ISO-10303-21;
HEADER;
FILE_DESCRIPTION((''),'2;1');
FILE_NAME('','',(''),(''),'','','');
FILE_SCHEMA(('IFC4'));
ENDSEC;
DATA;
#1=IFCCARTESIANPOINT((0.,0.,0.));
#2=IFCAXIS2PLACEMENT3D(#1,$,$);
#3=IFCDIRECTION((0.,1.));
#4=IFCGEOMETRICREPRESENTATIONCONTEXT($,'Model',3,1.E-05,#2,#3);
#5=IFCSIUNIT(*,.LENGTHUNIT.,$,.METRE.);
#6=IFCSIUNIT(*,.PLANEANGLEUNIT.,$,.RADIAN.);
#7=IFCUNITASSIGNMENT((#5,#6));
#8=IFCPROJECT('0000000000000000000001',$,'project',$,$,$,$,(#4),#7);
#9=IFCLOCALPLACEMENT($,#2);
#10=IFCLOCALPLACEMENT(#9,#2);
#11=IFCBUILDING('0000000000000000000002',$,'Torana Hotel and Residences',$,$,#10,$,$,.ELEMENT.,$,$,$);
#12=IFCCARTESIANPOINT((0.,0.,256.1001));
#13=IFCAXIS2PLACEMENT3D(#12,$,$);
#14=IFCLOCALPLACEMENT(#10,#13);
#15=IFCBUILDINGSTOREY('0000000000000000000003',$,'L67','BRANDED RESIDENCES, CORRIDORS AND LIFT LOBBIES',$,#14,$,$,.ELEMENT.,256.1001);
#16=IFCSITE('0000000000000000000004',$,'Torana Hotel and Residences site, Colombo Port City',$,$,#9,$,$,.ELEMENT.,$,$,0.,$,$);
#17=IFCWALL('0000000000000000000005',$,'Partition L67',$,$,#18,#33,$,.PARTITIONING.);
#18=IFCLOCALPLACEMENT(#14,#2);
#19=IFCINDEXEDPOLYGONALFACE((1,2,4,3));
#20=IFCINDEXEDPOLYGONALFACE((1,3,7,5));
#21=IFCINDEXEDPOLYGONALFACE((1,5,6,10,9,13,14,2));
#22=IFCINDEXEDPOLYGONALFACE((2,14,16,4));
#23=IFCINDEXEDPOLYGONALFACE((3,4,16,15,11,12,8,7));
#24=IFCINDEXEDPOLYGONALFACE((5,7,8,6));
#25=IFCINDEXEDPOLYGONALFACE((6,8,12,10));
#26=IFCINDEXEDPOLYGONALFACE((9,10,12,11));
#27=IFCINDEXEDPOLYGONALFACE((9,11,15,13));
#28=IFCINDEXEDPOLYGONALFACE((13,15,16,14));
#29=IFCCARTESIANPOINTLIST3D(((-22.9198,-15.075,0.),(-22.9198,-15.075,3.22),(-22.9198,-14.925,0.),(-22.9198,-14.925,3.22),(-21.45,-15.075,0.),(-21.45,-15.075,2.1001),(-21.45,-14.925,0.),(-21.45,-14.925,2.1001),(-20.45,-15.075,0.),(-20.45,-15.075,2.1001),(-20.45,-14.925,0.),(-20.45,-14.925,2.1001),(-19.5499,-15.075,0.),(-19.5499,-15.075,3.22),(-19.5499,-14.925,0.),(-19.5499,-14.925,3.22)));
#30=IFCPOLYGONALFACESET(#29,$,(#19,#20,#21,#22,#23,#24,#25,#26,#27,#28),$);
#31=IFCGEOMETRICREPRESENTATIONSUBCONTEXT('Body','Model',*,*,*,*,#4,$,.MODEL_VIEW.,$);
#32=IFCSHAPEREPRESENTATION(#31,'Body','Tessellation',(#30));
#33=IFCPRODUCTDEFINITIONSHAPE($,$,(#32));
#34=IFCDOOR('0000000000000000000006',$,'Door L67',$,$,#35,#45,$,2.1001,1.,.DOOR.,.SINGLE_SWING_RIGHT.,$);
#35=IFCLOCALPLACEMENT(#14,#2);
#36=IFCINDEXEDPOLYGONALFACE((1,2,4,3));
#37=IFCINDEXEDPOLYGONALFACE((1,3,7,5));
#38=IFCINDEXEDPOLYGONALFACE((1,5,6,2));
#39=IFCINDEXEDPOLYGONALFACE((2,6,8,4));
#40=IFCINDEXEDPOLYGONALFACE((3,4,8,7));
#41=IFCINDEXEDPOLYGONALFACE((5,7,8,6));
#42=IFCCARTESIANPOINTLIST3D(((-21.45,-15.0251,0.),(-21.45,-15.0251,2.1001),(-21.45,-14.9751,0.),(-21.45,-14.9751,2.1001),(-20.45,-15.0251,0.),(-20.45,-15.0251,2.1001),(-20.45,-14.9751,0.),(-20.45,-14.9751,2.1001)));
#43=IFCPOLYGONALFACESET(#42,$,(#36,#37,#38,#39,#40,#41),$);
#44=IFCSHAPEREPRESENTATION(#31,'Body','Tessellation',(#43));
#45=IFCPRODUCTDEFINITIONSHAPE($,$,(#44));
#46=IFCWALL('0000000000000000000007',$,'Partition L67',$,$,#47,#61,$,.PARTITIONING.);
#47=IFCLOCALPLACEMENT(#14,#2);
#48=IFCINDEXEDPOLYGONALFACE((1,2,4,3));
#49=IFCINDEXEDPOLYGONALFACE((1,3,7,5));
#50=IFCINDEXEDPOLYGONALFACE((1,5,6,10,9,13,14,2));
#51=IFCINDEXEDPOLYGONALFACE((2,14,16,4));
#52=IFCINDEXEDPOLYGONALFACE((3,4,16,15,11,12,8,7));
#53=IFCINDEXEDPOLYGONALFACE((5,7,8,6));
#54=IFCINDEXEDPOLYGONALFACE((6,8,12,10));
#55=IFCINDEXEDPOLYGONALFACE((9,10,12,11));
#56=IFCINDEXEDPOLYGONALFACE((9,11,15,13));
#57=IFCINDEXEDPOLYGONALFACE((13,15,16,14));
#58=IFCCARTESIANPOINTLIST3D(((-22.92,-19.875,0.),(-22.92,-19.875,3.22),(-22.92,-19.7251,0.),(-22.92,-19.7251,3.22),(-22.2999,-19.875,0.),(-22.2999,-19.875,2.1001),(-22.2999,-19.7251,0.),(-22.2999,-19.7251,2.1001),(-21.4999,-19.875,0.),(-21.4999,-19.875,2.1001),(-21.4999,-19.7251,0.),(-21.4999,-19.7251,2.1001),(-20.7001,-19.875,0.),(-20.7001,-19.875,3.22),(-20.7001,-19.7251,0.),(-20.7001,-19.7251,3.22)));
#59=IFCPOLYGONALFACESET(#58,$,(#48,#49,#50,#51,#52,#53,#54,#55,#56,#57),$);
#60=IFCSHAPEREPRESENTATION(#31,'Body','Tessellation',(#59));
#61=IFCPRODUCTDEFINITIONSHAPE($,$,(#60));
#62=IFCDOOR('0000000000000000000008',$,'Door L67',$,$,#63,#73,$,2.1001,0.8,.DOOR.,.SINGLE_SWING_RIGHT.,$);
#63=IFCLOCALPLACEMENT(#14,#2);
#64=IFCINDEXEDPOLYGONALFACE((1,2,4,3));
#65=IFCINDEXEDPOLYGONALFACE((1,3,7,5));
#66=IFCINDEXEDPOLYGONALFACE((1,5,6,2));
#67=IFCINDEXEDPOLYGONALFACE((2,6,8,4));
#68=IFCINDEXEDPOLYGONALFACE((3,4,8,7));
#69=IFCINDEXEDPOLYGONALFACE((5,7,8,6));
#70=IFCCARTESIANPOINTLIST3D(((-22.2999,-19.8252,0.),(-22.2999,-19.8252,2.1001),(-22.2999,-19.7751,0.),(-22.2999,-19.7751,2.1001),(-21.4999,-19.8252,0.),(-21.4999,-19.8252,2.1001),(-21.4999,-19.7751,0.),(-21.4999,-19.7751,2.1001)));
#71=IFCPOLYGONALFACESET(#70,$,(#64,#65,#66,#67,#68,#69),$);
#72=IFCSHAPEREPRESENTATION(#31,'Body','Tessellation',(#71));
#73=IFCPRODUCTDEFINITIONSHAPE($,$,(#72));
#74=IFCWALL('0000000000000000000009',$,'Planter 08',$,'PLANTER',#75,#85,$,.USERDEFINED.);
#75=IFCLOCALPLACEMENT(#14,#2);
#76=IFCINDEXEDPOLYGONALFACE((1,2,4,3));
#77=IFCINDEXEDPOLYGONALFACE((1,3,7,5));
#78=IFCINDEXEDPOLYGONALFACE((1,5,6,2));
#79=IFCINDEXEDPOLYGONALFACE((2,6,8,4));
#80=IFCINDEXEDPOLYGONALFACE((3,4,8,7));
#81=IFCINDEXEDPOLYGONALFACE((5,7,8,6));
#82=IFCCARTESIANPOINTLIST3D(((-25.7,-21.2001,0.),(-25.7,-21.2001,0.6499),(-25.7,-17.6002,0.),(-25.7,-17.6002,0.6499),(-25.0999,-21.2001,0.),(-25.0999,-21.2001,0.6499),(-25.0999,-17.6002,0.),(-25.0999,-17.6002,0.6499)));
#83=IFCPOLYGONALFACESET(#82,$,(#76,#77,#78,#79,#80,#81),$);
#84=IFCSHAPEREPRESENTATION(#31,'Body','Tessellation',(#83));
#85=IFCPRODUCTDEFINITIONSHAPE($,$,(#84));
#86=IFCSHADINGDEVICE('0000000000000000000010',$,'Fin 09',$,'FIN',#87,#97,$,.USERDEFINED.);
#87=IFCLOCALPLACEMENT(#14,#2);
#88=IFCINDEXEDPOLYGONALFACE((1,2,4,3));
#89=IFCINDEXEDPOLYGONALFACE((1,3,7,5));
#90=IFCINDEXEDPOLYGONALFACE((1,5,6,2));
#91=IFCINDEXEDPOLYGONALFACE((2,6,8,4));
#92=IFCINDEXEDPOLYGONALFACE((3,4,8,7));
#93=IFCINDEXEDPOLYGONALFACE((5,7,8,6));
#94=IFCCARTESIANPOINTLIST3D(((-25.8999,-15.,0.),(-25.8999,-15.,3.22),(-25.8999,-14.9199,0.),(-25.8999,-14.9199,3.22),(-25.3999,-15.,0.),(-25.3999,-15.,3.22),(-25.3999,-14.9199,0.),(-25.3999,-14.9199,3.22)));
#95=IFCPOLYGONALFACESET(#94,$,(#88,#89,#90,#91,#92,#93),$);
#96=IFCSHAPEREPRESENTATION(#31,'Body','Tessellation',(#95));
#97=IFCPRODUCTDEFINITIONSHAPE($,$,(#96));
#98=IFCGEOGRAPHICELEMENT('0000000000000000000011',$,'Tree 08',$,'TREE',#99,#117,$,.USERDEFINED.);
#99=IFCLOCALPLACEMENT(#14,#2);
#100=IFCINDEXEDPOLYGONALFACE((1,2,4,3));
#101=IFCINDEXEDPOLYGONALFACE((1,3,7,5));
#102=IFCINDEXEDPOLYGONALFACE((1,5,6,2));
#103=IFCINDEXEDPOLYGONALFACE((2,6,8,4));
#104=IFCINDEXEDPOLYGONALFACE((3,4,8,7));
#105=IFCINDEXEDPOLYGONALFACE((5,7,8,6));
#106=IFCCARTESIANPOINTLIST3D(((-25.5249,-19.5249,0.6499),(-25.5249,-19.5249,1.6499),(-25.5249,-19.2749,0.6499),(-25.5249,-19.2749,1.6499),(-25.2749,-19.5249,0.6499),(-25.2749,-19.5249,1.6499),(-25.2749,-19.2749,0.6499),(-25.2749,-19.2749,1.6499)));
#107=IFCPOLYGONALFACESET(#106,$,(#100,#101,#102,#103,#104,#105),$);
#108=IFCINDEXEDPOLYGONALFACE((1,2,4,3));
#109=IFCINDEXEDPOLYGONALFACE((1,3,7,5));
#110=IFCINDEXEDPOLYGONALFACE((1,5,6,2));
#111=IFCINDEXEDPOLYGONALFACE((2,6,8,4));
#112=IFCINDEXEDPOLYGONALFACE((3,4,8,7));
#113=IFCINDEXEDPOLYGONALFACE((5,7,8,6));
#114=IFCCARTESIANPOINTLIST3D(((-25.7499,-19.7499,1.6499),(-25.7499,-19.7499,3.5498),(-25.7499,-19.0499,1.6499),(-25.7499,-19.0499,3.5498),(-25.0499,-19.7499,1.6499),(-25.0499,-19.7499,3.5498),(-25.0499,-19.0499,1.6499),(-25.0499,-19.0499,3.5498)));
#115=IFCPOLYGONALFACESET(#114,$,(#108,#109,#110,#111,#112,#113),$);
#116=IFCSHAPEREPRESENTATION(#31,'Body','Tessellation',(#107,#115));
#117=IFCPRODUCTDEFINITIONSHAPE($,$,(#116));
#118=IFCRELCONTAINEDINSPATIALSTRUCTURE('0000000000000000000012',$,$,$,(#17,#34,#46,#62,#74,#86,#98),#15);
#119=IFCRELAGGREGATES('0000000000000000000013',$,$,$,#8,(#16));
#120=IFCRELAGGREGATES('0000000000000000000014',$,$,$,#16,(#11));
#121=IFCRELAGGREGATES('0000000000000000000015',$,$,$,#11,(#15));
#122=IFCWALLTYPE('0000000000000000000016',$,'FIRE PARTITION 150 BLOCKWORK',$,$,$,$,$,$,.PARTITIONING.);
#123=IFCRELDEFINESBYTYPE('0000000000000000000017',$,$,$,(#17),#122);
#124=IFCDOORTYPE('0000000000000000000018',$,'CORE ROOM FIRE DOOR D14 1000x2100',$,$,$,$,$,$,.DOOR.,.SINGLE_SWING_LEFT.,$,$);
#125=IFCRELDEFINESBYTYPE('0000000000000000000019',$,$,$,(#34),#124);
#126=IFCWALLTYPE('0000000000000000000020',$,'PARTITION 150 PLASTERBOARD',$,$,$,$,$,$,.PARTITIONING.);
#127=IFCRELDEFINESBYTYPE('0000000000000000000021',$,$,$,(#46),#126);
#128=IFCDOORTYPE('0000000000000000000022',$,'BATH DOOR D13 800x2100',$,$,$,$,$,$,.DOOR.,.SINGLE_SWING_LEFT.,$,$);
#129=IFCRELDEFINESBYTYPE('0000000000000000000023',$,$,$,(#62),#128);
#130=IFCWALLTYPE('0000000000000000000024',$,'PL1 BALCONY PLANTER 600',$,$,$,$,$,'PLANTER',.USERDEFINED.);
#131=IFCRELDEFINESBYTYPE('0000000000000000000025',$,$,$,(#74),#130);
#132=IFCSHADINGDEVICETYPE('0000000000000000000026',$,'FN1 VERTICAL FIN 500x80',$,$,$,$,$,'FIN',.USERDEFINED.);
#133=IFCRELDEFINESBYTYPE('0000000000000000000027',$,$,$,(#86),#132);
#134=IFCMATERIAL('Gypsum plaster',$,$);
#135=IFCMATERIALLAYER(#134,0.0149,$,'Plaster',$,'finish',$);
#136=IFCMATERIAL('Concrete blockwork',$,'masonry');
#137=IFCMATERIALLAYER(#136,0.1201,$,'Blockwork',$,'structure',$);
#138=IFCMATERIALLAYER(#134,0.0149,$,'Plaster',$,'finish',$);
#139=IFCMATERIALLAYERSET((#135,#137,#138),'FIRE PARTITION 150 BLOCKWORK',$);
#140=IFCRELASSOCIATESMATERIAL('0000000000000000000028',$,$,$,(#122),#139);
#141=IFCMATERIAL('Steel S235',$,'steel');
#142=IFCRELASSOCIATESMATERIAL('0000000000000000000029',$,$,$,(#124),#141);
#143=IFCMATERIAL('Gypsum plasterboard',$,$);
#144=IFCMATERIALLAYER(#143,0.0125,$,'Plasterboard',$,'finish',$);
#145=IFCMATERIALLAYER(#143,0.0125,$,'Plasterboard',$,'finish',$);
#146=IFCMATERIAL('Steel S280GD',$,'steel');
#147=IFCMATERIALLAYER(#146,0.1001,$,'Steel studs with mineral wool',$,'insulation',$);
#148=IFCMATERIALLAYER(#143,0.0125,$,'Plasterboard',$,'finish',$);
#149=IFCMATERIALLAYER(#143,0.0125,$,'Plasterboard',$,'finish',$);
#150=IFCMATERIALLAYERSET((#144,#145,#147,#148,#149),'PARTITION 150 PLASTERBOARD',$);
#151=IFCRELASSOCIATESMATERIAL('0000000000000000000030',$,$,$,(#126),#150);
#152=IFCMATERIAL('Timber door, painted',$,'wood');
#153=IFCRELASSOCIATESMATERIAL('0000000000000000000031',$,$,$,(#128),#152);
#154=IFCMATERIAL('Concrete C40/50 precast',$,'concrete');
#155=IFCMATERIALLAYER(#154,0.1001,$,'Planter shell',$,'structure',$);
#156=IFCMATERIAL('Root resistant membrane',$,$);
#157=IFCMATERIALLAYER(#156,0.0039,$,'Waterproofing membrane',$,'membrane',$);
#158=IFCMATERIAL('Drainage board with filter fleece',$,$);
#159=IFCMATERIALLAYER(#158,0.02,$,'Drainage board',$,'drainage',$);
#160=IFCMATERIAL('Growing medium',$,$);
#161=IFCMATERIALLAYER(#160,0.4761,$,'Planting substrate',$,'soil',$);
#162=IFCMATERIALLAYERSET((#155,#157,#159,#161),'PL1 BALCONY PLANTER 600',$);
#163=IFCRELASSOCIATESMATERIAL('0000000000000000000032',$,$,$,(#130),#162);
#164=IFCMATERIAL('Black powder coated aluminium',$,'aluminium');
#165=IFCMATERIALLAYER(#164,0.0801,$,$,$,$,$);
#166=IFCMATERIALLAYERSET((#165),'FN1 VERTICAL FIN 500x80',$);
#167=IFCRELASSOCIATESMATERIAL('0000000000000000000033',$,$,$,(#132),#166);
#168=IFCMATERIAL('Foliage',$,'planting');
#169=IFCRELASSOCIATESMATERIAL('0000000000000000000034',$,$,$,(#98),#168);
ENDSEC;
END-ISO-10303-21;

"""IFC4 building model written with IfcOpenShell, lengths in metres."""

from ifc_helpers import new_model, si_unit, direction, frame, frame_2d, origin, origin_2d, place, context, subcontext, project, spatial, rectangle, extrude, material, layer, layer_set, type_object, element, fill, save


model = new_model("IFC4")

# Units and contexts
model_context = context("Model", 3, precision=1e-05, world=origin(), true_north=direction((0.0, 1.0)))
body_context = subcontext(model_context, "Body", "Model", "MODEL_VIEW")
ifc_project = project(units=[si_unit("LENGTHUNIT", "METRE"), si_unit("PLANEANGLEUNIT", "RADIAN")], contexts=[model_context])

# Site, building, storey
site_placement = place(None, origin())
site = spatial("IfcSite", under=ifc_project, at=site_placement, Name="Torana Hotel and Residences site, Colombo Port City", CompositionType="ELEMENT", RefElevation=0.0)
building_placement = place(site_placement, origin())
building = spatial("IfcBuilding", under=site, at=building_placement, Name="Torana Hotel and Residences", CompositionType="ELEMENT")
storey_placement = place(building_placement, frame((0.0, 0.0, 256.1001)))
storey = spatial("IfcBuildingStorey", under=building, at=storey_placement, Name="L67", Description="BRANDED RESIDENCES, CORRIDORS AND LIFT LOBBIES", CompositionType="ELEMENT", Elevation=256.1001)

# Shared definitions
ifc_material_1 = material(Name="Gypsum plaster")
ifc_layer_1 = layer(ifc_material_1, 0.0149, Name="Plaster", Category="finish")
ifc_material_2 = material(Name="Concrete blockwork", Category="masonry")
ifc_layer_2 = layer(ifc_material_2, 0.1201, Name="Blockwork", Category="structure")
ifc_layer_3 = layer(ifc_material_1, 0.0149, Name="Plaster", Category="finish")
ifc_layer_set_1 = layer_set([ifc_layer_1, ifc_layer_2, ifc_layer_3], Name="FIRE PARTITION 150 BLOCKWORK")
wall_type_1 = type_object("IfcWallType", Name="FIRE PARTITION 150 BLOCKWORK", PredefinedType="PARTITIONING", material=ifc_layer_set_1)

# Walls, openings, doors
wall_1_placement = place(storey_placement, frame((-22.9199, -15.0, 0.0), z_axis=(0.0, 0.0, 1.0), x_axis=(1.0, 0.0, 0.0)))
wall_1 = element("IfcWall", 1, at=wall_1_placement, inside=storey, type_object=wall_type_1, Name="Partition L67", PredefinedType="PARTITIONING", context=body_context, shape_type="SweptSolid", body=[
    extrude(rectangle(XDim=3.3699, YDim=0.1499, at=frame_2d((1.6851, 0.0))), origin(), (0.0, 0.0, 1.0), 3.22),
])
opening_1_placement = place(wall_1_placement, frame((1.47, 0.0, 0.0)))
opening_1 = element("IfcOpeningElement", 2, at=opening_1_placement, cuts=wall_1, PredefinedType="OPENING", context=body_context, shape_type="SweptSolid", body=[
    extrude(rectangle(XDim=1.0, YDim=2.1001, at=frame_2d((0.5, 1.05))), frame((0.0, 0.085, 0.0), z_axis=(0.0, -1.0, 0.0), x_axis=(1.0, 0.0, 0.0)), (0.0, 0.0, 1.0), 0.1699),
])
ifc_material_3 = material(Name="Steel S235", Category="steel")
door_type_1 = type_object("IfcDoorType", Name="CORE ROOM FIRE DOOR D14 1000x2100", OperationType="SINGLE_SWING_LEFT", PredefinedType="DOOR", material=ifc_material_3)
door_1_placement = place(opening_1_placement, origin())
door_1 = element("IfcDoor", 3, at=door_1_placement, inside=storey, type_object=door_type_1, Name="Door L67", OperationType="SINGLE_SWING_RIGHT", OverallHeight=2.1001, OverallWidth=1.0, PredefinedType="DOOR", context=body_context, shape_type="SweptSolid", body=[
    extrude(rectangle(XDim=1.0, YDim=2.1001, at=frame_2d((0.5, 1.05))), frame((0.0, 0.0249, 0.0), z_axis=(0.0, -1.0, 0.0), x_axis=(1.0, 0.0, 0.0)), (0.0, 0.0, 1.0), 0.05),
])
fill(opening_1, door_1)
ifc_material_4 = material(Name="Gypsum plasterboard")
ifc_layer_4 = layer(ifc_material_4, 0.0125, Name="Plasterboard", Category="finish")
ifc_layer_5 = layer(ifc_material_4, 0.0125, Name="Plasterboard", Category="finish")
ifc_material_5 = material(Name="Steel S280GD", Category="steel")
ifc_layer_6 = layer(ifc_material_5, 0.1001, Name="Steel studs with mineral wool", Category="insulation")
ifc_layer_7 = layer(ifc_material_4, 0.0125, Name="Plasterboard", Category="finish")
ifc_layer_8 = layer(ifc_material_4, 0.0125, Name="Plasterboard", Category="finish")
ifc_layer_set_2 = layer_set([ifc_layer_4, ifc_layer_5, ifc_layer_6, ifc_layer_7, ifc_layer_8], Name="PARTITION 150 PLASTERBOARD")
wall_type_2 = type_object("IfcWallType", Name="PARTITION 150 PLASTERBOARD", PredefinedType="PARTITIONING", material=ifc_layer_set_2)
wall_2_placement = place(storey_placement, frame((-22.9199, -19.8, 0.0), z_axis=(0.0, 0.0, 1.0), x_axis=(1.0, 0.0, 0.0)))
wall_2 = element("IfcWall", 4, at=wall_2_placement, inside=storey, type_object=wall_type_2, Name="Partition L67", PredefinedType="PARTITIONING", context=body_context, shape_type="SweptSolid", body=[
    extrude(rectangle(XDim=2.22, YDim=0.1499, at=frame_2d((1.1099, 0.0))), origin(), (0.0, 0.0, 1.0), 3.22),
])
opening_2_placement = place(wall_2_placement, frame((0.6201, 0.0, 0.0)))
opening_2 = element("IfcOpeningElement", 5, at=opening_2_placement, cuts=wall_2, PredefinedType="OPENING", context=body_context, shape_type="SweptSolid", body=[
    extrude(rectangle(XDim=0.8, YDim=2.1001, at=frame_2d((0.3999, 1.05))), frame((0.0, 0.085, 0.0), z_axis=(0.0, -1.0, 0.0), x_axis=(1.0, 0.0, 0.0)), (0.0, 0.0, 1.0), 0.1699),
])
ifc_material_6 = material(Name="Timber door, painted", Category="wood")
door_type_2 = type_object("IfcDoorType", Name="BATH DOOR D13 800x2100", OperationType="SINGLE_SWING_LEFT", PredefinedType="DOOR", material=ifc_material_6)
door_2_placement = place(opening_2_placement, origin())
door_2 = element("IfcDoor", 6, at=door_2_placement, inside=storey, type_object=door_type_2, Name="Door L67", OperationType="SINGLE_SWING_RIGHT", OverallHeight=2.1001, OverallWidth=0.8, PredefinedType="DOOR", context=body_context, shape_type="SweptSolid", body=[
    extrude(rectangle(XDim=0.8, YDim=2.1001, at=frame_2d((0.3999, 1.05))), frame((0.0, 0.0249, 0.0), z_axis=(0.0, -1.0, 0.0), x_axis=(1.0, 0.0, 0.0)), (0.0, 0.0, 1.0), 0.05),
])
fill(opening_2, door_2)

# Wall
ifc_material_7 = material(Name="Concrete C40/50 precast", Category="concrete")
ifc_layer_9 = layer(ifc_material_7, 0.1001, Name="Planter shell", Category="structure")
ifc_material_8 = material(Name="Root resistant membrane")
ifc_layer_10 = layer(ifc_material_8, 0.0039, Name="Waterproofing membrane", Category="membrane")
ifc_material_9 = material(Name="Drainage board with filter fleece")
ifc_layer_11 = layer(ifc_material_9, 0.02, Name="Drainage board", Category="drainage")
ifc_material_10 = material(Name="Growing medium")
ifc_layer_12 = layer(ifc_material_10, 0.4761, Name="Planting substrate", Category="soil")
ifc_layer_set_3 = layer_set([ifc_layer_9, ifc_layer_10, ifc_layer_11, ifc_layer_12], Name="PL1 BALCONY PLANTER 600")
wall_type_3 = type_object("IfcWallType", Name="PL1 BALCONY PLANTER 600", ElementType="PLANTER", PredefinedType="USERDEFINED", material=ifc_layer_set_3)
wall_3_placement = place(storey_placement, frame((-25.3999, -21.2, 0.0), z_axis=(0.0, 0.0, 1.0), x_axis=(0.0, 1.0, 0.0)))
element("IfcWall", 7, at=wall_3_placement, inside=storey, type_object=wall_type_3, Name="Planter 08", ObjectType="PLANTER", PredefinedType="USERDEFINED", context=body_context, shape_type="SweptSolid", body=[
    extrude(rectangle(XDim=3.5999, YDim=0.6001, at=frame_2d((1.7998, 0.0))), origin(), (0.0, 0.0, 1.0), 0.6499),
])

# Shading device
ifc_material_11 = material(Name="Black powder coated aluminium", Category="aluminium")
ifc_layer_13 = layer(ifc_material_11, 0.0801)
ifc_layer_set_4 = layer_set([ifc_layer_13], Name="FN1 VERTICAL FIN 500x80")
shading_device_type = type_object("IfcShadingDeviceType", Name="FN1 VERTICAL FIN 500x80", ElementType="FIN", PredefinedType="USERDEFINED", material=ifc_layer_set_4)
shading_device_placement = place(storey_placement, frame((-25.6499, -14.96, 0.0), z_axis=(0.0, 0.0, 1.0), x_axis=(0.0, 1.0, 0.0)))
element("IfcShadingDevice", 8, at=shading_device_placement, inside=storey, type_object=shading_device_type, Name="Fin 09", ObjectType="FIN", PredefinedType="USERDEFINED", context=body_context, shape_type="SweptSolid", body=[
    extrude(rectangle(XDim=0.0801, YDim=0.5, at=origin_2d()), origin(), (0.0, 0.0, 1.0), 3.22),
])

# Geographic element
ifc_material_12 = material(Name="Foliage", Category="planting")
geographic_element_placement = place(storey_placement, frame((-25.3999, -19.3999, 0.6499), z_axis=(0.0, 0.0, 1.0), x_axis=(1.0, 0.0, 0.0)))
element("IfcGeographicElement", 9, at=geographic_element_placement, inside=storey, material=ifc_material_12, Name="Tree 08", ObjectType="TREE", PredefinedType="USERDEFINED", context=body_context, shape_type="SweptSolid", body=[
    extrude(rectangle(XDim=0.25, YDim=0.25, at=origin_2d()), origin(), (0.0, 0.0, 1.0), 1.0),
    extrude(rectangle(XDim=0.7, YDim=0.7, at=origin_2d()), frame((0.0, 0.0, 1.0)), (0.0, 0.0, 1.0), 1.8999),
])

save(model, "model.ifc")
